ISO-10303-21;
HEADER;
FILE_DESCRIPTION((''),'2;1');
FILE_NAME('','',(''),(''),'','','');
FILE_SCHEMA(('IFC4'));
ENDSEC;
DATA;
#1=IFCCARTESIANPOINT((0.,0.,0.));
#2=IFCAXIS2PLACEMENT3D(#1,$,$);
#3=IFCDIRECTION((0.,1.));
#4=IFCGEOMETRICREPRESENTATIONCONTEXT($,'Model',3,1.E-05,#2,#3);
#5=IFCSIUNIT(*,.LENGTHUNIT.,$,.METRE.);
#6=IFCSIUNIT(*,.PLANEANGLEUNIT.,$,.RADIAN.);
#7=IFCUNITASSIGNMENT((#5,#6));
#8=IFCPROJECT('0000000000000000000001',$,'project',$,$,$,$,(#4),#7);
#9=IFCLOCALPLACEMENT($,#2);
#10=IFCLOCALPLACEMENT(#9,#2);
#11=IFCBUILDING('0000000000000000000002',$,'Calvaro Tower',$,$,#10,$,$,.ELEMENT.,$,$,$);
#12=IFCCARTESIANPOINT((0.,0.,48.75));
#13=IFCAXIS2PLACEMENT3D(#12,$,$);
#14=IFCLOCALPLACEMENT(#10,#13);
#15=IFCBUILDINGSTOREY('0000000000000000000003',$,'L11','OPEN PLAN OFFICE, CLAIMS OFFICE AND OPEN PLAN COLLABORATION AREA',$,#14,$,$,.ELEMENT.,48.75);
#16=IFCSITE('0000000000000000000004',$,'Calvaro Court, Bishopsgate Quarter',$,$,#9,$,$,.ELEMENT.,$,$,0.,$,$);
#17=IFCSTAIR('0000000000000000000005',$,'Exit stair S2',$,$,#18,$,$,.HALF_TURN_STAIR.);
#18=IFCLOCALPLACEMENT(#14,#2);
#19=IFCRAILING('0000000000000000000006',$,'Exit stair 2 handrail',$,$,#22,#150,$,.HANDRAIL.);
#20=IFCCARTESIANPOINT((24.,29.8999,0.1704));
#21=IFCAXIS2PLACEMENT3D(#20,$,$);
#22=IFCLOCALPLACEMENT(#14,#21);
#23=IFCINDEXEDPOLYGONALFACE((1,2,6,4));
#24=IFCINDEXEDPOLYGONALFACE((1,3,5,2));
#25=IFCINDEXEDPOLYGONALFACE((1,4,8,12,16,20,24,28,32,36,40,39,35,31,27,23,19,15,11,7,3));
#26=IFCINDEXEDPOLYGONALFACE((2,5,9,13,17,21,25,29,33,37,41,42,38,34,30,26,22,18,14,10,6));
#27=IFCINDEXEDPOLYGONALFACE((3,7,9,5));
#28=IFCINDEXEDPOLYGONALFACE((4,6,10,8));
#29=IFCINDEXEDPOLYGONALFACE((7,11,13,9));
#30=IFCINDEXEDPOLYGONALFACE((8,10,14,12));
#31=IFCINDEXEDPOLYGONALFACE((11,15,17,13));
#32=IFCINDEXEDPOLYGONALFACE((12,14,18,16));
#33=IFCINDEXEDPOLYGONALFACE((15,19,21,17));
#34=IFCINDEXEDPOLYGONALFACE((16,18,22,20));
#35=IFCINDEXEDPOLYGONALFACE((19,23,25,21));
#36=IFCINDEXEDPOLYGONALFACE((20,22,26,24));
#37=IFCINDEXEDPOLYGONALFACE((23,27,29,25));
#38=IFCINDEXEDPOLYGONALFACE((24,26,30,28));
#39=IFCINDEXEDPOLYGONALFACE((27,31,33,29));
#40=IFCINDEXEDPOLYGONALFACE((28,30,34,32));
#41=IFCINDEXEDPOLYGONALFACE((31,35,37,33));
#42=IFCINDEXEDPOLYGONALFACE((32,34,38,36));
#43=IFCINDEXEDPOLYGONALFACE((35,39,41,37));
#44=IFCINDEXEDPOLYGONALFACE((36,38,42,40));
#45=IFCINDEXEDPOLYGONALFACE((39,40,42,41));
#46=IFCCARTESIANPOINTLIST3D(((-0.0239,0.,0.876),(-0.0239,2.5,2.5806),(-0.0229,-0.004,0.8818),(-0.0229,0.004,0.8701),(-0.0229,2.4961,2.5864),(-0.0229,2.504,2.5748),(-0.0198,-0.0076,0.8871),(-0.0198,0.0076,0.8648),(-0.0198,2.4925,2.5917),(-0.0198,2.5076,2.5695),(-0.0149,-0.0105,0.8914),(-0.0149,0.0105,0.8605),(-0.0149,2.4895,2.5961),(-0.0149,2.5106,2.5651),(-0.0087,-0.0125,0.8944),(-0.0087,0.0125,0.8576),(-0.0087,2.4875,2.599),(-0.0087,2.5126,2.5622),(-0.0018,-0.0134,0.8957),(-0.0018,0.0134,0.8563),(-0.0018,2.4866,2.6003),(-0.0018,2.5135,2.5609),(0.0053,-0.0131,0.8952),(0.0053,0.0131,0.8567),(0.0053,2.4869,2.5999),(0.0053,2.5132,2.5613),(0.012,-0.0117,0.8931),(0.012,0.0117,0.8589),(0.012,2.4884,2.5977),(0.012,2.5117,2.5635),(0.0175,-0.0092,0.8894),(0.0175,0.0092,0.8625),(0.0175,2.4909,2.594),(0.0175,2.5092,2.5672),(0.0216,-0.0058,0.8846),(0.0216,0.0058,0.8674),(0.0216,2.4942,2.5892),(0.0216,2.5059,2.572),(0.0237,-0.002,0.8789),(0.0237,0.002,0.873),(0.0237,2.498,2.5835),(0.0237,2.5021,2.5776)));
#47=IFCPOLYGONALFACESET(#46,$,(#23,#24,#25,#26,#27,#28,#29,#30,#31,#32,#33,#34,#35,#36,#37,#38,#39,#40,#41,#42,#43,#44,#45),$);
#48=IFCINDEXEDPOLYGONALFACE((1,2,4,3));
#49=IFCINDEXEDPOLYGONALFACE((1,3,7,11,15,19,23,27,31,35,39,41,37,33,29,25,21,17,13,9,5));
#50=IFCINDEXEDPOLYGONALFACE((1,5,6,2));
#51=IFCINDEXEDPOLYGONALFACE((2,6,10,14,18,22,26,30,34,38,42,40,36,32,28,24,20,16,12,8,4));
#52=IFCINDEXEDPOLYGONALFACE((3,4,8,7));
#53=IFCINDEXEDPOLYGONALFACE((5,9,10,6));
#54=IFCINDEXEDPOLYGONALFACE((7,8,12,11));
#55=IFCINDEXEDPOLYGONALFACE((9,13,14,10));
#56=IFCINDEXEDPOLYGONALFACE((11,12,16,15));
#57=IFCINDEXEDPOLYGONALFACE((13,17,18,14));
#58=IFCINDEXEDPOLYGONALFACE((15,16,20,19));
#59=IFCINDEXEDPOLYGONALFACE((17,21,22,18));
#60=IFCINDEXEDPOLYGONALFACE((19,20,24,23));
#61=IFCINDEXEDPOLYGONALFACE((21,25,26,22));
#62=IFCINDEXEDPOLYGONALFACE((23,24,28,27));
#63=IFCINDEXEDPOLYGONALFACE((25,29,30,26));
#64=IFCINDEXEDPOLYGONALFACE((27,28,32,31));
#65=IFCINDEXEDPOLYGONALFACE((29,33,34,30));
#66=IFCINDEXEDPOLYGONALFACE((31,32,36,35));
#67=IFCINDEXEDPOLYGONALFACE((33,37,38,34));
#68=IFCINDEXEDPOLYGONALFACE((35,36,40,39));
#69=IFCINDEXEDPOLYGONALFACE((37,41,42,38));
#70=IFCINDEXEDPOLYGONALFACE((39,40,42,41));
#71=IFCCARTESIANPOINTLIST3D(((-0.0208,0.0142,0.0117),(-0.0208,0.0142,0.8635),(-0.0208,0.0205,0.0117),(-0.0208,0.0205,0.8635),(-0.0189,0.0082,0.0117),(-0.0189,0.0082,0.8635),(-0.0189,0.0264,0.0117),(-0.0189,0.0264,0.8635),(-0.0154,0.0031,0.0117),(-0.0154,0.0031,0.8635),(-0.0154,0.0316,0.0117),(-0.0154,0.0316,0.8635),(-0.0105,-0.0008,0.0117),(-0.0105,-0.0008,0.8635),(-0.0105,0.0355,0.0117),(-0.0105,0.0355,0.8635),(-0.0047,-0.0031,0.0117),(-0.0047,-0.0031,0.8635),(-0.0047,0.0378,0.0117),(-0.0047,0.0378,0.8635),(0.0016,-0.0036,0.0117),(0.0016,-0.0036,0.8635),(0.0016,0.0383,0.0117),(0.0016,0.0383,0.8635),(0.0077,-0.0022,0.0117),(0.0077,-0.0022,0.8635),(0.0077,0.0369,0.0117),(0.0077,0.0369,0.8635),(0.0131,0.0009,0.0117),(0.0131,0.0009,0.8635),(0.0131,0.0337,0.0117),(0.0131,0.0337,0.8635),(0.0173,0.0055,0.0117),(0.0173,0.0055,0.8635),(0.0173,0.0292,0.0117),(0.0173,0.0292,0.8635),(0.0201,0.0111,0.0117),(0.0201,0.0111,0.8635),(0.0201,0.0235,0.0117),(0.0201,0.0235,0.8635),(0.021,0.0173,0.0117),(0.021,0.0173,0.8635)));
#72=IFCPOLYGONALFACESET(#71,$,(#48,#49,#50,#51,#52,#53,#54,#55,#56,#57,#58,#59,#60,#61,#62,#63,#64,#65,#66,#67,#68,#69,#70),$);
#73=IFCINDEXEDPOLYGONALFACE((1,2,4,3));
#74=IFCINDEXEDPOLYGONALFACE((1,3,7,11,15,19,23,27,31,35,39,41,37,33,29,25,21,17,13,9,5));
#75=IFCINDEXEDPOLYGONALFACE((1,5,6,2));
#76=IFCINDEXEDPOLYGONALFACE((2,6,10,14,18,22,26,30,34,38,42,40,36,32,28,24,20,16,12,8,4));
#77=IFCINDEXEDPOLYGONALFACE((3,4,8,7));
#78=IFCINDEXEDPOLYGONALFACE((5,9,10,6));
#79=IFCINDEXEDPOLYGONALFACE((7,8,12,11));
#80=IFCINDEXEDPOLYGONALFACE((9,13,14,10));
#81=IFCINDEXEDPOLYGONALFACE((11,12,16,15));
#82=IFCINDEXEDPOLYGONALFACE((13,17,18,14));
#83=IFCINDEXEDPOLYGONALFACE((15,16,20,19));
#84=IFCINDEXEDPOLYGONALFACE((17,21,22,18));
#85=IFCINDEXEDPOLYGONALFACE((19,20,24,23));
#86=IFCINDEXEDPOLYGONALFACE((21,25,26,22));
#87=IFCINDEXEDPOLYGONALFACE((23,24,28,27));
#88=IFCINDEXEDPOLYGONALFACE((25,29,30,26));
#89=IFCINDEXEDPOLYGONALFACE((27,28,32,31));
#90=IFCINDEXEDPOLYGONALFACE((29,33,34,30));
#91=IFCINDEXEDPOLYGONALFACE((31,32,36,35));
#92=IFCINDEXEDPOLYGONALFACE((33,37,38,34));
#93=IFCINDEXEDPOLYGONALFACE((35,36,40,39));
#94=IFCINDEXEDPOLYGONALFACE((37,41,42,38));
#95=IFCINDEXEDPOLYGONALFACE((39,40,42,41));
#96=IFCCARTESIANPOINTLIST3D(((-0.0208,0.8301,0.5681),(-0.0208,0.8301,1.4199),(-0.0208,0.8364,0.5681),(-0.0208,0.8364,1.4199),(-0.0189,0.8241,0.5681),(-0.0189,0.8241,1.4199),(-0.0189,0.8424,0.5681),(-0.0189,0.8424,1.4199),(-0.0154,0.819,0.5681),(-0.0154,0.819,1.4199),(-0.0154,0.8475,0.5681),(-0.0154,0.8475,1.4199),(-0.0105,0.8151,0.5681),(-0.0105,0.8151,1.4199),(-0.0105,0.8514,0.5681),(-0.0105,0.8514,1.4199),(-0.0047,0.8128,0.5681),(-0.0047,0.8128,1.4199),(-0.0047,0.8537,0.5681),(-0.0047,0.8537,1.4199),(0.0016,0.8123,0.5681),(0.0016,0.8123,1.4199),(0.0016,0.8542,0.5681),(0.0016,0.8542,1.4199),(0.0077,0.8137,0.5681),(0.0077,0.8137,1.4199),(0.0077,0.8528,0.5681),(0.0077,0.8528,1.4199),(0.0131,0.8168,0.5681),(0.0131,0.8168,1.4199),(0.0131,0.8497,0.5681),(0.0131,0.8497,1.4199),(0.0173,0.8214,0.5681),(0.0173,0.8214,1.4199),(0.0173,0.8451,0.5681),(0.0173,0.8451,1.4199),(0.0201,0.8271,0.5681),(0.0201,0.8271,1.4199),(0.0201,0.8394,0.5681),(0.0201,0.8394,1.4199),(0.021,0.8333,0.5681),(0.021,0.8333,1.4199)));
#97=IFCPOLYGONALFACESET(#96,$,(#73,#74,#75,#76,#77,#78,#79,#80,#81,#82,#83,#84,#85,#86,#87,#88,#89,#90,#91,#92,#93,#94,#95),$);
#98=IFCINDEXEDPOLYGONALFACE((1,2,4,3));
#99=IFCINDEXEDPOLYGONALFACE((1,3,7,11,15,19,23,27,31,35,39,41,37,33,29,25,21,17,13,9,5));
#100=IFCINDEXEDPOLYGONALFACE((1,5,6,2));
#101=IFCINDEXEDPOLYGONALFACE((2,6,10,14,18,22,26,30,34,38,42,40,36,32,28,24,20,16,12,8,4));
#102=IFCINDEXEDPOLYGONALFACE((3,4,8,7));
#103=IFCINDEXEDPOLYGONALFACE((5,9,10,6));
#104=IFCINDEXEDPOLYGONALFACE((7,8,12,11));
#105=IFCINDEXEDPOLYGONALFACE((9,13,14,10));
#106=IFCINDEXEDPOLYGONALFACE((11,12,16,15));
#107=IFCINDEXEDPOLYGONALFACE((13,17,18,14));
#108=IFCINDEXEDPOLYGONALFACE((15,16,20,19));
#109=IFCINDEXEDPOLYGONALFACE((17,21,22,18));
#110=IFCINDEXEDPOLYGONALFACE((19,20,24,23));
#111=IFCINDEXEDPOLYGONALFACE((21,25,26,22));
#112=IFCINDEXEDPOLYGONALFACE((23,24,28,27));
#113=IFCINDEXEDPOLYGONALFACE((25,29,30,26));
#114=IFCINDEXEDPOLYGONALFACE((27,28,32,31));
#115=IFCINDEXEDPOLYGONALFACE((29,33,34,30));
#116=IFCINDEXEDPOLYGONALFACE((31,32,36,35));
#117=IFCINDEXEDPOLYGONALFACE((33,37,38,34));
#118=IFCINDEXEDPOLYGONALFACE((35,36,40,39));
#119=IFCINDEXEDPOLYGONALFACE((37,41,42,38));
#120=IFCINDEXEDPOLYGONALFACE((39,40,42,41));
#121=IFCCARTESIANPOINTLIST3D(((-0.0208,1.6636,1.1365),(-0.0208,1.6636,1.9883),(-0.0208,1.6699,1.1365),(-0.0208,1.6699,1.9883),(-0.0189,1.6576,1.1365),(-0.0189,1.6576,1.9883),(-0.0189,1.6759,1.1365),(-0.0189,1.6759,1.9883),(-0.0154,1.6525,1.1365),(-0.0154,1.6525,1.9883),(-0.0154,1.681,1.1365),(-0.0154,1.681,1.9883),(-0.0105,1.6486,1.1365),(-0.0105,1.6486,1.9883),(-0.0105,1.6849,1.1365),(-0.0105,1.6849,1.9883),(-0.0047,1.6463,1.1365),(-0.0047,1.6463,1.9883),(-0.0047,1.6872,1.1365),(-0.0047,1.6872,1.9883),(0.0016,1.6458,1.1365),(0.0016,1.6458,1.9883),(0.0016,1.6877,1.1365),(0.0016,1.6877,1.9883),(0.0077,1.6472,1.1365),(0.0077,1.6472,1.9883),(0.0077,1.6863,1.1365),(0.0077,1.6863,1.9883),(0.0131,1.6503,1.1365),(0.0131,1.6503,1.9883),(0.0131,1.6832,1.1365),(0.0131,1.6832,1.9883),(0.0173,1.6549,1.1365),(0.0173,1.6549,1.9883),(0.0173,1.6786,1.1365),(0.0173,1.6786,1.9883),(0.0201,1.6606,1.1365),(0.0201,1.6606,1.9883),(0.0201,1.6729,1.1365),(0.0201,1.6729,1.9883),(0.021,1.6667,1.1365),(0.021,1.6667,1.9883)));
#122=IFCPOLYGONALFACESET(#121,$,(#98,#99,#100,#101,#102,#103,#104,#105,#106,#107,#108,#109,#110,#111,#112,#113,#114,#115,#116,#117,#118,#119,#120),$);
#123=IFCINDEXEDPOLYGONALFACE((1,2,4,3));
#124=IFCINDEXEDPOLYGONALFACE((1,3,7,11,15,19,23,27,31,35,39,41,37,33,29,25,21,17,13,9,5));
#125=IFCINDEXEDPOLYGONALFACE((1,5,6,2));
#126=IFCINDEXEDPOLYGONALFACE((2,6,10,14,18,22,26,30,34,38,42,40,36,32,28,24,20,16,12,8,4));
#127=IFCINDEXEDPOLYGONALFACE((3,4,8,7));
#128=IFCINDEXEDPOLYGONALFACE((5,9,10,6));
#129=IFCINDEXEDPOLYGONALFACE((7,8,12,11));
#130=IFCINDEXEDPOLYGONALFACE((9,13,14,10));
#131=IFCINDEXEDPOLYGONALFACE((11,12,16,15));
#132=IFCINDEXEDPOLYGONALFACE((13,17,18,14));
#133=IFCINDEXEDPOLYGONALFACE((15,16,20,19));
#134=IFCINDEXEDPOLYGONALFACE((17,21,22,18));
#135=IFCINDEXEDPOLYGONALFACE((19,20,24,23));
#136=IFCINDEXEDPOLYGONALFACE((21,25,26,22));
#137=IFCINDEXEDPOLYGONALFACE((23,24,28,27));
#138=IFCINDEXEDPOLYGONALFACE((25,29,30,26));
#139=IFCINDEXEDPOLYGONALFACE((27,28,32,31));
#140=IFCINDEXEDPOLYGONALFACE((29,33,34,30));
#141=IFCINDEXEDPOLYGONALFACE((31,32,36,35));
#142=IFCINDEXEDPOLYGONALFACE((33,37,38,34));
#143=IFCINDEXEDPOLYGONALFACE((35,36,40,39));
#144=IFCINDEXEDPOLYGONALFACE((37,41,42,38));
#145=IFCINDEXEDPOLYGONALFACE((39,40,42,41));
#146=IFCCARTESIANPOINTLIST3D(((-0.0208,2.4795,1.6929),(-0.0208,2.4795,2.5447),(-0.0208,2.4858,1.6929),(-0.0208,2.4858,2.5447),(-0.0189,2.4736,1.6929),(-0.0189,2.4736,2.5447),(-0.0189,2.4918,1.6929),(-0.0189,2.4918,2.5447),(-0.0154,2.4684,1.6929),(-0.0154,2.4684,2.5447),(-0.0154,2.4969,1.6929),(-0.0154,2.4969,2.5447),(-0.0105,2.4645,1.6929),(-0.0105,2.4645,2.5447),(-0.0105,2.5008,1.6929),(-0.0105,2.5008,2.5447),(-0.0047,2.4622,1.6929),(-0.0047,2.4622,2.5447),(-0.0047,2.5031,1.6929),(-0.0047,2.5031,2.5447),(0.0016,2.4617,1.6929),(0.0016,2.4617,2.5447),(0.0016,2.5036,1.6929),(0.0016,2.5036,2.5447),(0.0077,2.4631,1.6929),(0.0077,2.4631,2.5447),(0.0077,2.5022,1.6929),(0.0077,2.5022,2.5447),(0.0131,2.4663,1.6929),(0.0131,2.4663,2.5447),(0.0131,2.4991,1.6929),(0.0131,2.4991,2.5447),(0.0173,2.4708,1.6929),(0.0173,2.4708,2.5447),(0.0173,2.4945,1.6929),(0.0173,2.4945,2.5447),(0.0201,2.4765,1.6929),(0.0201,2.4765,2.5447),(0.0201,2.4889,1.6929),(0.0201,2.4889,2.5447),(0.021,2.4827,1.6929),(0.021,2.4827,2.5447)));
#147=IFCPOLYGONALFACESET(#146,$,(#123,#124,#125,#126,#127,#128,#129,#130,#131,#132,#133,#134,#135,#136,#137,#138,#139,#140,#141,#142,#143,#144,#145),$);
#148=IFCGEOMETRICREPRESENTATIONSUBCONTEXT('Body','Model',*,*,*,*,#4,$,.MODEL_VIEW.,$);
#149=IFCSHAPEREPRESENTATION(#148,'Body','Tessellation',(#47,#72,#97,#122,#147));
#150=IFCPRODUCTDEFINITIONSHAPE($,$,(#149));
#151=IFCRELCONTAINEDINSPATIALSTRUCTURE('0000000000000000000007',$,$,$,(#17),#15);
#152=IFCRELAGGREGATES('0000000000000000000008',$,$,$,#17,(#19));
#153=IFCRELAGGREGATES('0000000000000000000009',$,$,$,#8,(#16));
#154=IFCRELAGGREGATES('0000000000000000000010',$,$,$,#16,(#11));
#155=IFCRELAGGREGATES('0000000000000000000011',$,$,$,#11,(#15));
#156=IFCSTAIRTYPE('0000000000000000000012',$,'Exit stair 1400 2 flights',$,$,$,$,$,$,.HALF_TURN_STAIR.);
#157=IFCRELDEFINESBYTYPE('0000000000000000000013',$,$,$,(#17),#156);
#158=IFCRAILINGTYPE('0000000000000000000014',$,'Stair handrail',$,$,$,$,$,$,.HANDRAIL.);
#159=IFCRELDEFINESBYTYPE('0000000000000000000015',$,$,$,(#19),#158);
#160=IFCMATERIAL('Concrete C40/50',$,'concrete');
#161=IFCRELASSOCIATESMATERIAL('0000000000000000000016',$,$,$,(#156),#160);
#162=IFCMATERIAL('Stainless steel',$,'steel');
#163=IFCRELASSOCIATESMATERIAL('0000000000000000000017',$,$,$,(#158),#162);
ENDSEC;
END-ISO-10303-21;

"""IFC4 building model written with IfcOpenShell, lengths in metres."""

from ifc_helpers import new_model, si_unit, direction, frame, origin, origin_2d, place, context, subcontext, project, spatial, circle, extrude, material, type_object, element, aggregate, save


model = new_model("IFC4")

# Units and contexts
model_context = context("Model", 3, precision=1e-05, world=origin(), true_north=direction((0.0, 1.0)))
body_context = subcontext(model_context, "Body", "Model", "MODEL_VIEW")
ifc_project = project(units=[si_unit("LENGTHUNIT", "METRE"), si_unit("PLANEANGLEUNIT", "RADIAN")], contexts=[model_context])

# Site, building, storey
site_placement = place(None, origin())
site = spatial("IfcSite", under=ifc_project, at=site_placement, Name="Calvaro Court, Bishopsgate Quarter", CompositionType="ELEMENT", RefElevation=0.0)
building_placement = place(site_placement, origin())
building = spatial("IfcBuilding", under=site, at=building_placement, Name="Calvaro Tower", CompositionType="ELEMENT")
storey_placement = place(building_placement, frame((0.0, 0.0, 48.75)))
storey = spatial("IfcBuildingStorey", under=building, at=storey_placement, Name="L11", Description="OPEN PLAN OFFICE, CLAIMS OFFICE AND OPEN PLAN COLLABORATION AREA", CompositionType="ELEMENT", Elevation=48.75)

# Stair, railing
ifc_material_1 = material(Name="Concrete C40/50", Category="concrete")
stair_type = type_object("IfcStairType", Name="Exit stair 1400 2 flights", PredefinedType="HALF_TURN_STAIR", material=ifc_material_1)
stair_placement = place(storey_placement, origin())
stair = element("IfcStair", 1, at=stair_placement, inside=storey, type_object=stair_type, Name="Exit stair S2", PredefinedType="HALF_TURN_STAIR")
ifc_material_2 = material(Name="Stainless steel", Category="steel")
railing_type = type_object("IfcRailingType", Name="Stair handrail", PredefinedType="HANDRAIL", material=ifc_material_2)
railing_placement = place(storey_placement, frame((24.0, 29.8999, 0.1704)))
railing = element("IfcRailing", 2, at=railing_placement, type_object=railing_type, Name="Exit stair 2 handrail", PredefinedType="HANDRAIL", context=body_context, shape_type="SweptSolid", body=[
    extrude(circle(Radius=0.0239, at=origin_2d()), frame((0.0, 0.0, 0.876), z_axis=(0.0, 0.826221, 0.563347), x_axis=(-1.0, 0.0, 0.0)), (0.0, 0.0, 1.0), 3.0259),
    extrude(circle(Radius=0.021, at=origin_2d()), frame((0.0, 0.0173, 0.0117)), (0.0, 0.0, 1.0), 0.8518),
    extrude(circle(Radius=0.021, at=origin_2d()), frame((0.0, 0.8333, 0.5681)), (0.0, 0.0, 1.0), 0.8518),
    extrude(circle(Radius=0.021, at=origin_2d()), frame((0.0, 1.6667, 1.1365)), (0.0, 0.0, 1.0), 0.8518),
    extrude(circle(Radius=0.021, at=origin_2d()), frame((0.0, 2.4827, 1.6929)), (0.0, 0.0, 1.0), 0.8518),
])
aggregate(stair, [railing])

save(model, "model.ifc")
